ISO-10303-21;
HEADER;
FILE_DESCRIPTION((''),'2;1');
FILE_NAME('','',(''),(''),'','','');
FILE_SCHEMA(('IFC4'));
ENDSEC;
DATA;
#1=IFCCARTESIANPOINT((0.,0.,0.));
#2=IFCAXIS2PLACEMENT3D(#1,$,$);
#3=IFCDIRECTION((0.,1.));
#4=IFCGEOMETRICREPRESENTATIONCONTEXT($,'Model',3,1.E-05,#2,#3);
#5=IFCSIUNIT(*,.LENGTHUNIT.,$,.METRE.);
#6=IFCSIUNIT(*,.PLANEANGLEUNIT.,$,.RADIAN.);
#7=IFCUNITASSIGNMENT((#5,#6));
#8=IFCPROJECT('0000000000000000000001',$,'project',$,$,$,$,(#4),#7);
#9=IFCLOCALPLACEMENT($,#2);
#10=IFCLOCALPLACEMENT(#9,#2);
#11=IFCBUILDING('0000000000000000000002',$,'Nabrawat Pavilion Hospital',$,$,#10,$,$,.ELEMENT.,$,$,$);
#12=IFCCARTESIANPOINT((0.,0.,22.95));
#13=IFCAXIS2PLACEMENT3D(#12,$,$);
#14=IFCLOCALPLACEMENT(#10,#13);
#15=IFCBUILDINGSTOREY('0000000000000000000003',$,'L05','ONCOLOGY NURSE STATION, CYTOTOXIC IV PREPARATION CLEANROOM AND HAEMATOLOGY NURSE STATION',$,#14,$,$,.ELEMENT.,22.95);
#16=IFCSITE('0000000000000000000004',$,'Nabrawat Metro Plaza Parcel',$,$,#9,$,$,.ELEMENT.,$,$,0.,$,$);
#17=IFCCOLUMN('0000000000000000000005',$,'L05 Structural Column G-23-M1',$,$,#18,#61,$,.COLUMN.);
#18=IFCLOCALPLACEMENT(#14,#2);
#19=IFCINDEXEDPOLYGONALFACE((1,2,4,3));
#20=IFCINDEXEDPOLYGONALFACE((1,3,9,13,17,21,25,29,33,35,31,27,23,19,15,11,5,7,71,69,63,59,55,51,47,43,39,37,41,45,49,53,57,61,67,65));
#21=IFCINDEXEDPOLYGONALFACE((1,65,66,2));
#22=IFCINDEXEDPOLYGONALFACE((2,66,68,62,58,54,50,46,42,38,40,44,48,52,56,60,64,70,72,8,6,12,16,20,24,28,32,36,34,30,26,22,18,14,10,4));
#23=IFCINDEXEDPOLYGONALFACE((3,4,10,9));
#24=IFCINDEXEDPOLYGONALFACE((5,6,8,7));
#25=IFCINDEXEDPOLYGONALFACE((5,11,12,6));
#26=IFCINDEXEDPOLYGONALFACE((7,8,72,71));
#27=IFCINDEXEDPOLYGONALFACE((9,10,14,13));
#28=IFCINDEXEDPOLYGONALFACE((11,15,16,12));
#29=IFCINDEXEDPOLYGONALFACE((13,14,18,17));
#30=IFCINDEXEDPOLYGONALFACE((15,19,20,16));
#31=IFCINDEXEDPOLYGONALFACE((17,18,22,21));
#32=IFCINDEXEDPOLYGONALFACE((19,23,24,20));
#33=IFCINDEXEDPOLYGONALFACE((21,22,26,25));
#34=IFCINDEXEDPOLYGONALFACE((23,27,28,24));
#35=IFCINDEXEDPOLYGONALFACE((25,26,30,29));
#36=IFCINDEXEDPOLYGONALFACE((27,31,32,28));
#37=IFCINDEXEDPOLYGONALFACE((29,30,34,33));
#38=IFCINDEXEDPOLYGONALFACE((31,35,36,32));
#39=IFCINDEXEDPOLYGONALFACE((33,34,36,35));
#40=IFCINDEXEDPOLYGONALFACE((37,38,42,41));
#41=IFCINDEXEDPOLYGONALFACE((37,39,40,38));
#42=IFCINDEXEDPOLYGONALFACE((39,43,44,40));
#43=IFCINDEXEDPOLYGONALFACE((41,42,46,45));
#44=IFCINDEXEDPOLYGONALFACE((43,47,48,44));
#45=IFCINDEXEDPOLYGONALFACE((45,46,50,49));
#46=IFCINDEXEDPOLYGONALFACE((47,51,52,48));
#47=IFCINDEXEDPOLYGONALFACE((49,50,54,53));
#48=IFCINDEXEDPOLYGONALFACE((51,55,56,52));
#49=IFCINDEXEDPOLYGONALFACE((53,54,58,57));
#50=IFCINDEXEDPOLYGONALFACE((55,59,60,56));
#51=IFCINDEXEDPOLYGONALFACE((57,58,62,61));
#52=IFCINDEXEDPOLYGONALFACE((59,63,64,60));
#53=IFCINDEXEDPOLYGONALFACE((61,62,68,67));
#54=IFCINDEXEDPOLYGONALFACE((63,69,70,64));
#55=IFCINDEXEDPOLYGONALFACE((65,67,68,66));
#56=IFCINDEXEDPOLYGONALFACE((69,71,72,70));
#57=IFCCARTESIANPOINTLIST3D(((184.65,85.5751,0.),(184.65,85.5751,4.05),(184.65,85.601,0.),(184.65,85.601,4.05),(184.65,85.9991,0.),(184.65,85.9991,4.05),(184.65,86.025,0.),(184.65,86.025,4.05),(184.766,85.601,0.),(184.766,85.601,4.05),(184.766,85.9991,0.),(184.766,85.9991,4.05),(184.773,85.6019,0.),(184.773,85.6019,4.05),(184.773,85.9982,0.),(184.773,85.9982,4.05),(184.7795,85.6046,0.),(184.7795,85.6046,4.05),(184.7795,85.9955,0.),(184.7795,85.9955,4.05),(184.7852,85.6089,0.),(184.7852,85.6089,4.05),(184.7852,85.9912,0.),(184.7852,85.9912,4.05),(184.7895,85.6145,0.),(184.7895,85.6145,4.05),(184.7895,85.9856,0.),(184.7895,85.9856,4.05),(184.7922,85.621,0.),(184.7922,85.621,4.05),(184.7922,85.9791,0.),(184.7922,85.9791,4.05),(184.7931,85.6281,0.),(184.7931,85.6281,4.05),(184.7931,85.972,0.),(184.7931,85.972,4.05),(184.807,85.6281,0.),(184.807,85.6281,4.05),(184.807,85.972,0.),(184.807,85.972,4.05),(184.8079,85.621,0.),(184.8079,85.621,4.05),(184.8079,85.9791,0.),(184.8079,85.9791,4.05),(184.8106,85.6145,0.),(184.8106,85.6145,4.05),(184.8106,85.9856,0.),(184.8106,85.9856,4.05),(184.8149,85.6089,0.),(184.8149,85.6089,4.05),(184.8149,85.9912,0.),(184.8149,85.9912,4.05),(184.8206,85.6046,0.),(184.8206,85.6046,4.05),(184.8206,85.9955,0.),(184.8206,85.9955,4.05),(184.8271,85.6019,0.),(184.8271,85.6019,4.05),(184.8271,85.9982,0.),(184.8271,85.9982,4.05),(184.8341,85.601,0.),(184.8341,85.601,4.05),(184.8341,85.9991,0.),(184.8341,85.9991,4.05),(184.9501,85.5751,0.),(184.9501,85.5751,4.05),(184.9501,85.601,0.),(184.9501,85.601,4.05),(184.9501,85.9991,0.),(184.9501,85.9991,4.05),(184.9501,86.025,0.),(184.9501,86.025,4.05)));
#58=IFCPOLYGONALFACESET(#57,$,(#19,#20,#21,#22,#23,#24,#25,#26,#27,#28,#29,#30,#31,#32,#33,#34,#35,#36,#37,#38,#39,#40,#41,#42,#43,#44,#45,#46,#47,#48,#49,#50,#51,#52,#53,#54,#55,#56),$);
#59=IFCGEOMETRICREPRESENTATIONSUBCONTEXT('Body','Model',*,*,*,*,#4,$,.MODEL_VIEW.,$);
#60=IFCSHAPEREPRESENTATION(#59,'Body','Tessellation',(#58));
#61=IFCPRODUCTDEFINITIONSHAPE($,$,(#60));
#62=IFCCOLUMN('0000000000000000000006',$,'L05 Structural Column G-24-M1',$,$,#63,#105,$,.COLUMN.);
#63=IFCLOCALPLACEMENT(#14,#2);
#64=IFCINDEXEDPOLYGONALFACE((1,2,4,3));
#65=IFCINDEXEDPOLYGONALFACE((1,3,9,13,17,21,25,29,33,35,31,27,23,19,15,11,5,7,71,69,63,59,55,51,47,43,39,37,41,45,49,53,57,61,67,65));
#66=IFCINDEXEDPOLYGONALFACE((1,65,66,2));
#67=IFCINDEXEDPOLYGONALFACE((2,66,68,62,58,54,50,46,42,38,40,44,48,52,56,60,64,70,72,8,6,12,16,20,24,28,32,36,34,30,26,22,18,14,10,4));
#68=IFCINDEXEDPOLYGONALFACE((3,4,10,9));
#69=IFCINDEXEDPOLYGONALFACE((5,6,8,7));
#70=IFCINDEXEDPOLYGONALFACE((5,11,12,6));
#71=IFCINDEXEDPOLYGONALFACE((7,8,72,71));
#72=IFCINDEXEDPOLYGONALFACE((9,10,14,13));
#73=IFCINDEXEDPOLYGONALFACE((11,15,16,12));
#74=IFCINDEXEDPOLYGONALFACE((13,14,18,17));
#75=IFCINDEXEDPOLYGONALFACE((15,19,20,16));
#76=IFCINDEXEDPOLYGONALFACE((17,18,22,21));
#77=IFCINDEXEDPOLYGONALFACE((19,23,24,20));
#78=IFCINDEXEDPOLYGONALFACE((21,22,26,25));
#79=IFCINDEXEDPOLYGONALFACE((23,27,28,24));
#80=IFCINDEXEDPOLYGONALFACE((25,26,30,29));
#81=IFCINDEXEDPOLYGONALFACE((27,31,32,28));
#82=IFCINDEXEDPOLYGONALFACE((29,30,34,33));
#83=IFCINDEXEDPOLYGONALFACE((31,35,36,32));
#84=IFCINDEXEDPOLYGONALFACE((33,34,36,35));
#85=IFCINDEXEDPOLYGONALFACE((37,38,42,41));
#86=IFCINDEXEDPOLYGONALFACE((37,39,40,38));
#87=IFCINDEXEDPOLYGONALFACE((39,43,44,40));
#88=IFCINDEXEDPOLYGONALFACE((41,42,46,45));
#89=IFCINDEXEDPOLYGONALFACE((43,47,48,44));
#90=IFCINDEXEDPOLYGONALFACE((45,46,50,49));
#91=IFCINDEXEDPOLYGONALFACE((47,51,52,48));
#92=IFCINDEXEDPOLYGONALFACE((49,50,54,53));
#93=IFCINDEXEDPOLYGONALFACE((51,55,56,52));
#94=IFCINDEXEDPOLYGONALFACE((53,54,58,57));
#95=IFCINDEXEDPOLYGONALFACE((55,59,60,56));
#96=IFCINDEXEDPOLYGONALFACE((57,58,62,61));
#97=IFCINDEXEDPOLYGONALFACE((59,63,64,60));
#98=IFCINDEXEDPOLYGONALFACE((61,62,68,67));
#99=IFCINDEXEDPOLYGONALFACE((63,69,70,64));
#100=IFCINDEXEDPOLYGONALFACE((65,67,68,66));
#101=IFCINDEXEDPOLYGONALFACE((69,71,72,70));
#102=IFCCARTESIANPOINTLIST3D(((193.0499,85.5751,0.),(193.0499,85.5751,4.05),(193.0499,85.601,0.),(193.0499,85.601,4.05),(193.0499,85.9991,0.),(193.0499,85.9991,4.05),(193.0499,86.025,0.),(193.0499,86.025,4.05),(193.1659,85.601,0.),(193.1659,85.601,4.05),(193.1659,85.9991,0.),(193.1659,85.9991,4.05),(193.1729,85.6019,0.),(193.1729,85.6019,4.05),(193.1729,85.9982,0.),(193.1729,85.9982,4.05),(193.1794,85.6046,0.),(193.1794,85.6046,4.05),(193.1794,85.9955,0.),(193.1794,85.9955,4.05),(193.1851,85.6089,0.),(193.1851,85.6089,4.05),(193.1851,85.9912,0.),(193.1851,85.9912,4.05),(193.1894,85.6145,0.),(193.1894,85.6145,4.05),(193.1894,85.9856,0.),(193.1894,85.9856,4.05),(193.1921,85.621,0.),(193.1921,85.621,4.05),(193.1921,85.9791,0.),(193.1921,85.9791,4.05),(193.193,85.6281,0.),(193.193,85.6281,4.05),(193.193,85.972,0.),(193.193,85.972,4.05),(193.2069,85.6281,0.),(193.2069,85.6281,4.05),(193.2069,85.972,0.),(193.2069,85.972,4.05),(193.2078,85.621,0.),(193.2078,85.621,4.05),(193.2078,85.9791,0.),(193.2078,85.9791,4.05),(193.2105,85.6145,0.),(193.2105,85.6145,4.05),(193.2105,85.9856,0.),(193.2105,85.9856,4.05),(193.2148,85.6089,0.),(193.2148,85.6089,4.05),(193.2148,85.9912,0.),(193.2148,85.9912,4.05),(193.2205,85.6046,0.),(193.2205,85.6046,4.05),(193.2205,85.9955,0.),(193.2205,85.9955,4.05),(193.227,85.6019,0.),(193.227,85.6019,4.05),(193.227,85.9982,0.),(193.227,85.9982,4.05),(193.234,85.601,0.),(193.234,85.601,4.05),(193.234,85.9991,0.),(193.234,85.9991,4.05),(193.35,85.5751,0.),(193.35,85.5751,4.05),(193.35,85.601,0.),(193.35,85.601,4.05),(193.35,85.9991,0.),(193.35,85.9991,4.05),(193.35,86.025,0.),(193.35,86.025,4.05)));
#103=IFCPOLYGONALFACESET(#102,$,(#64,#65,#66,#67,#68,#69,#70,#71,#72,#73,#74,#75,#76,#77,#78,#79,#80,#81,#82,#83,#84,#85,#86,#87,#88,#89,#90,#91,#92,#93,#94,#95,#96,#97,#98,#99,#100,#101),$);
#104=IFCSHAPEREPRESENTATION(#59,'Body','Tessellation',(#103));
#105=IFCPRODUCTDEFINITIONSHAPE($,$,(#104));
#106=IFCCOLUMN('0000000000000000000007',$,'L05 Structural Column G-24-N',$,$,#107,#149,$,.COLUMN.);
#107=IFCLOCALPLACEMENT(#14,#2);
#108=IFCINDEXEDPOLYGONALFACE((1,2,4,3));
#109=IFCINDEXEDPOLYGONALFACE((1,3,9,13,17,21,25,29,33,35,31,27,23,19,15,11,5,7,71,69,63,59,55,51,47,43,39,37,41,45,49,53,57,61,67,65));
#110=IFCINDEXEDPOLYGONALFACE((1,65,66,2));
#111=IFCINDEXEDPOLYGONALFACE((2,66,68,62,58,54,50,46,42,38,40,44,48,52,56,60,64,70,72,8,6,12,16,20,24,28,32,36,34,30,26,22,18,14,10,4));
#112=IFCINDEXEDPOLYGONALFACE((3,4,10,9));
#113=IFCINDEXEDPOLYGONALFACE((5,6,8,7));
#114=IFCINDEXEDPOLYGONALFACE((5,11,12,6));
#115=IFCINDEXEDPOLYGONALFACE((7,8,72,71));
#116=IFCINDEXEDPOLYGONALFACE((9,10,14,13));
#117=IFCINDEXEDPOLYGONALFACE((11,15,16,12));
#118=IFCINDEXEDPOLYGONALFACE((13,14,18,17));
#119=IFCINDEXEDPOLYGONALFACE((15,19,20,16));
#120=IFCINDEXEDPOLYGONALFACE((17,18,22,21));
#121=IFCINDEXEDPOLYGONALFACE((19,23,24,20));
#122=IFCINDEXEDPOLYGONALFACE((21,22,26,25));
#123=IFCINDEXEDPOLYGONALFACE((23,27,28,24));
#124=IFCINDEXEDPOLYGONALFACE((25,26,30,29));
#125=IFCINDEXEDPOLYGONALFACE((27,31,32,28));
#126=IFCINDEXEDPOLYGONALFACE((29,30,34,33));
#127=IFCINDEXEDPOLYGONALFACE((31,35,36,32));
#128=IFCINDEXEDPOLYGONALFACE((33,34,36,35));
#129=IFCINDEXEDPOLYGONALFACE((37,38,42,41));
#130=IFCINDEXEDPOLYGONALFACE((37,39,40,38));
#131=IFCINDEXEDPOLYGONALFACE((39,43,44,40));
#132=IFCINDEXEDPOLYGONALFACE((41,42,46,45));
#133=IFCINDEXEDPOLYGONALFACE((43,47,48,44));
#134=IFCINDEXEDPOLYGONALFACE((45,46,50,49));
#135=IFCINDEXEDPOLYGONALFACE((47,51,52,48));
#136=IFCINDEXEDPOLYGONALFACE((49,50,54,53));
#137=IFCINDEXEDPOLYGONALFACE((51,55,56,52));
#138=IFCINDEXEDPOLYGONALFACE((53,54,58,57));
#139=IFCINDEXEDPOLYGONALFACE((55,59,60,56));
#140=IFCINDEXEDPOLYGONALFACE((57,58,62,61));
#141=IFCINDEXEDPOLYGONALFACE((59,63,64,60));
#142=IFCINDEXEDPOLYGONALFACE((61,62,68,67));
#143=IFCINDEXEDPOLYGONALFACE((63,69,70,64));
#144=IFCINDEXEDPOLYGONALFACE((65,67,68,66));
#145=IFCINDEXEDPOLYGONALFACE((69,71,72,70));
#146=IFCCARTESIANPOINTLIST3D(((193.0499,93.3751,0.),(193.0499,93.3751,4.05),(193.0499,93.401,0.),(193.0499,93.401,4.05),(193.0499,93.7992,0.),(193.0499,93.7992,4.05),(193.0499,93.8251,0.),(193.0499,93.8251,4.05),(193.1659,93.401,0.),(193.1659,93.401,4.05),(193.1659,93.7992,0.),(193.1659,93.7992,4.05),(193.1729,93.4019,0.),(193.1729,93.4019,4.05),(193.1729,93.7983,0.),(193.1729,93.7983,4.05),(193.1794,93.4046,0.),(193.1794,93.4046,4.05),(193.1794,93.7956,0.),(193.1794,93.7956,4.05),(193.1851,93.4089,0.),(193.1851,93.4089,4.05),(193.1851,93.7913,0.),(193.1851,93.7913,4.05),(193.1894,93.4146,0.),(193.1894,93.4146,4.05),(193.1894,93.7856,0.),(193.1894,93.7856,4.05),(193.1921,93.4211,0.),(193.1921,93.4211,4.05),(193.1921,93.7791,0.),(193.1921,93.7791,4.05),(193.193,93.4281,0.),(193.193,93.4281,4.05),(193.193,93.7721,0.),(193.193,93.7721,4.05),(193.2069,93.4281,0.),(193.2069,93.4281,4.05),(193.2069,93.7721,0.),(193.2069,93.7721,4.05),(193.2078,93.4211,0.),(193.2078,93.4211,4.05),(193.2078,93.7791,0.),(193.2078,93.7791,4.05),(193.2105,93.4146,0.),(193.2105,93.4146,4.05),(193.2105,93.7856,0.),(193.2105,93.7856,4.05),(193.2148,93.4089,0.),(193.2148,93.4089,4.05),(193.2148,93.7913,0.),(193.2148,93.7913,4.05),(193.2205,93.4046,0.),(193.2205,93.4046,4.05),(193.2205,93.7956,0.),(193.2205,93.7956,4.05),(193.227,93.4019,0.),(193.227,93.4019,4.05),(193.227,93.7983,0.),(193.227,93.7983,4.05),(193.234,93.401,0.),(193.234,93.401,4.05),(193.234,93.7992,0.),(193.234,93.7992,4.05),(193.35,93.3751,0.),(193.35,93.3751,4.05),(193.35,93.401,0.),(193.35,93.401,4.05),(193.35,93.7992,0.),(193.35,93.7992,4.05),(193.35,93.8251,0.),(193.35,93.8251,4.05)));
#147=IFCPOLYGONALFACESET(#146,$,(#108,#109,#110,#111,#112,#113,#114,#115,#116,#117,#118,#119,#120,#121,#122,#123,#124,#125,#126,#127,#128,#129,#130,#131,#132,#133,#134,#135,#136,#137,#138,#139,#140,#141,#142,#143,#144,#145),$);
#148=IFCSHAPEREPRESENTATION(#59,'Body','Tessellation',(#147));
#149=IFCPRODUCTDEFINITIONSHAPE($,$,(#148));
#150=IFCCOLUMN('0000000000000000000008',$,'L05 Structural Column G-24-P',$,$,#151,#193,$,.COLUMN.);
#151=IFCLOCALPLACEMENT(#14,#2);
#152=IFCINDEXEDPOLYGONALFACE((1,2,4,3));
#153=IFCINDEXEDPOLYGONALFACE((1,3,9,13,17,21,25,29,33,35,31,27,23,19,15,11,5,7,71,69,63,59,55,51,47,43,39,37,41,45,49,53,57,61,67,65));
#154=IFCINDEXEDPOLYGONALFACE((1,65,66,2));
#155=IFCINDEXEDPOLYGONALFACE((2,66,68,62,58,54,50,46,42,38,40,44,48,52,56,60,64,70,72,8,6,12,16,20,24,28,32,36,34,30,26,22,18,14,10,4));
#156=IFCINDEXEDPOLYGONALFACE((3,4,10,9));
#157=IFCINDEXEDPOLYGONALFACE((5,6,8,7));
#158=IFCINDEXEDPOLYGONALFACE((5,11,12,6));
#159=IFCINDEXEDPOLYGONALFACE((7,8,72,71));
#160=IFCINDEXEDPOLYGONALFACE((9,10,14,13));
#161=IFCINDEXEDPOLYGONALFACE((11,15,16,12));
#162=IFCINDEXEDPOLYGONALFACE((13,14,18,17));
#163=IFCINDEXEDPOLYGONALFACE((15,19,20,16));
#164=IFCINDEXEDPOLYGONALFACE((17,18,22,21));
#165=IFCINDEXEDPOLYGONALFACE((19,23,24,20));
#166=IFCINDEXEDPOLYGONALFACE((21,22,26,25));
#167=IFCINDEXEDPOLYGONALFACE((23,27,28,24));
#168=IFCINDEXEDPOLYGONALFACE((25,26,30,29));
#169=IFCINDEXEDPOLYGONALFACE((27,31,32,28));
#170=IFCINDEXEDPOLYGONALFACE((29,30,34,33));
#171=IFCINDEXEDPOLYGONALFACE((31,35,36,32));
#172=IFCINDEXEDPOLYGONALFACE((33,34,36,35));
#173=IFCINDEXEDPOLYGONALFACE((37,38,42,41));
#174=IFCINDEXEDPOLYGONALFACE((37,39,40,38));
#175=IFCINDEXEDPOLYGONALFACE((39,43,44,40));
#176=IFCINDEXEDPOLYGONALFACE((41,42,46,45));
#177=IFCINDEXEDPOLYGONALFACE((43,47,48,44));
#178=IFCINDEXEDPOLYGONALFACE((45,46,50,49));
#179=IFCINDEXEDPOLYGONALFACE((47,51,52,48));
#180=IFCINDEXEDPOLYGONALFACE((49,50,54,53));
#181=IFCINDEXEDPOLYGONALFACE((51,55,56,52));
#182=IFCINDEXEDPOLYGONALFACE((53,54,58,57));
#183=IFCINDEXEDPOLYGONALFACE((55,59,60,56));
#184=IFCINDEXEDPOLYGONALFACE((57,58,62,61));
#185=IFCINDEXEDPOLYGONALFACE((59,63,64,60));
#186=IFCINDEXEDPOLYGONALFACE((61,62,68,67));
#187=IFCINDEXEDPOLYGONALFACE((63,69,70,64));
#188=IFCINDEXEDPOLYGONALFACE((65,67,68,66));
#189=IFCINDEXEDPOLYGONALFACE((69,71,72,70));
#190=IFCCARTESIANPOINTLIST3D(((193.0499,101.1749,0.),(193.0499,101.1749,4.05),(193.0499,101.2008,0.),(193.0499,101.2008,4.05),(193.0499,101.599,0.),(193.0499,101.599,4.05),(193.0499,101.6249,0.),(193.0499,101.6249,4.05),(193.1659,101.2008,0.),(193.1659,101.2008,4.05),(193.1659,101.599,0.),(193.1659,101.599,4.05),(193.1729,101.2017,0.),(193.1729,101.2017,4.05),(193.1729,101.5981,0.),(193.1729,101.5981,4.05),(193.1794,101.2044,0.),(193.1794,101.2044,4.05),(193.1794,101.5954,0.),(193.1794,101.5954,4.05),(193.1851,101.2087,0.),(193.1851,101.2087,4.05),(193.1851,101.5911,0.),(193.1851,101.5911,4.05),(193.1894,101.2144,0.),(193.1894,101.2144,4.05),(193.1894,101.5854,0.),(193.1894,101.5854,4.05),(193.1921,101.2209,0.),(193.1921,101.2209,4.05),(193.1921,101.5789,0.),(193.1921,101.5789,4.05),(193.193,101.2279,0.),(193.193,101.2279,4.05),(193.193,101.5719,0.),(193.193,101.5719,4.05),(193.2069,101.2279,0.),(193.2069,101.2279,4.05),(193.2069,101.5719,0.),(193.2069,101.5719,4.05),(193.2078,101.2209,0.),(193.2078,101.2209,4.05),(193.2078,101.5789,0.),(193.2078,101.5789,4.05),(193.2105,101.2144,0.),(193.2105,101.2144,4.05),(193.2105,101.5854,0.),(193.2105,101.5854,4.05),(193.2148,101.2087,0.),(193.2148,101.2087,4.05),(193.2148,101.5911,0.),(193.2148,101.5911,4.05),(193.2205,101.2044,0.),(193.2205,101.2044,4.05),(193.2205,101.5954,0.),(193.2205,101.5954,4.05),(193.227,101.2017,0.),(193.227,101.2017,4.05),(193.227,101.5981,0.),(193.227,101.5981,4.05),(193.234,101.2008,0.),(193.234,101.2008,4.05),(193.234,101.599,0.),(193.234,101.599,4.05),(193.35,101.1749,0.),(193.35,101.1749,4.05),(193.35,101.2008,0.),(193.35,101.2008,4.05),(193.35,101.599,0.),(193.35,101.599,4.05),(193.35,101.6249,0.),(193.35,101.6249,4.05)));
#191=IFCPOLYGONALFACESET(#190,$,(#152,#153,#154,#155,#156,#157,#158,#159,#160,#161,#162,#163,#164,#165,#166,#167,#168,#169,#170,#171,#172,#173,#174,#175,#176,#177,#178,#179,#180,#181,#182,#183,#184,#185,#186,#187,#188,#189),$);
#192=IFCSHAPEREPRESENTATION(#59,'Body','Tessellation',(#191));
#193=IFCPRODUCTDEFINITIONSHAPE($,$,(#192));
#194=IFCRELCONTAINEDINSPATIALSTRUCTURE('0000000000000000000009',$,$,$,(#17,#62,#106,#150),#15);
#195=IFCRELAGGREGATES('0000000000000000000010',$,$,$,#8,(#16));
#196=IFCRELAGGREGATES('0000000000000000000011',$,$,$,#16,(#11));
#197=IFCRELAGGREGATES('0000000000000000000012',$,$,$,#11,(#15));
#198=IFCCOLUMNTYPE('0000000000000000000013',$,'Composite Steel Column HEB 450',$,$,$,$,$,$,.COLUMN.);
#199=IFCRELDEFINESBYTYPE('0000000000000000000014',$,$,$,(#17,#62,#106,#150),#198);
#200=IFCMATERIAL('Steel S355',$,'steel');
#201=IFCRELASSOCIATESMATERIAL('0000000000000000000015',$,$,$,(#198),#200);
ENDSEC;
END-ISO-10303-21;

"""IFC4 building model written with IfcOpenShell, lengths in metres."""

from ifc_helpers import new_model, si_unit, direction, frame, origin, origin_2d, place, context, subcontext, project, spatial, i_section, extrude, material, material_profile, profile_set, type_object, element, save


model = new_model("IFC4")

# Units and contexts
model_context = context("Model", 3, precision=1e-05, world=origin(), true_north=direction((0.0, 1.0)))
body_context = subcontext(model_context, "Body", "Model", "MODEL_VIEW")
ifc_project = project(units=[si_unit("LENGTHUNIT", "METRE"), si_unit("PLANEANGLEUNIT", "RADIAN")], contexts=[model_context])

# Site, building, storey
site_placement = place(None, origin())
site = spatial("IfcSite", under=ifc_project, at=site_placement, Name="Nabrawat Metro Plaza Parcel", CompositionType="ELEMENT", RefElevation=0.0)
building_placement = place(site_placement, origin())
building = spatial("IfcBuilding", under=site, at=building_placement, Name="Nabrawat Pavilion Hospital", CompositionType="ELEMENT")
storey_placement = place(building_placement, frame((0.0, 0.0, 22.95)))
storey = spatial("IfcBuildingStorey", under=building, at=storey_placement, Name="L05", Description="ONCOLOGY NURSE STATION, CYTOTOXIC IV PREPARATION CLEANROOM AND HAEMATOLOGY NURSE STATION", CompositionType="ELEMENT", Elevation=22.95)

# Columns
ifc_material_1 = material(Name="Steel S355", Category="steel")
ifc_material_profile_1 = material_profile(ifc_material_1, i_section(OverallWidth=0.3, OverallDepth=0.45, WebThickness=0.0139, FlangeThickness=0.0259, FilletRadius=0.0271, at=origin_2d()), Name="HEB 450")
ifc_profile_set_1 = profile_set([ifc_material_profile_1], Name="Steel S355")
column_type = type_object("IfcColumnType", Name="Composite Steel Column HEB 450", PredefinedType="COLUMN", material=ifc_profile_set_1)
for number, where, z_axis, x_axis, name in (
    (1, (184.8, 85.8, 0.0), (0.0, 0.0, 1.0), (1.0, 0.0, 0.0), "L05 Structural Column G-23-M1"),
    (2, (193.2, 85.8, 0.0), (0.0, 0.0, 1.0), (1.0, 0.0, 0.0), "L05 Structural Column G-24-M1"),
    (3, (193.2, 93.6001, 0.0), (0.0, 0.0, 1.0), (1.0, 0.0, 0.0), "L05 Structural Column G-24-N"),
    (4, (193.2, 101.3999, 0.0), (0.0, 0.0, 1.0), (1.0, 0.0, 0.0), "L05 Structural Column G-24-P"),
):
    element("IfcColumn", number, at=place(storey_placement, frame(where, z_axis=z_axis, x_axis=x_axis)), inside=storey, type_object=column_type, Name=name, PredefinedType="COLUMN", context=body_context, shape_type="SweptSolid", body=[
        extrude(i_section(OverallWidth=0.3, OverallDepth=0.45, WebThickness=0.0139, FlangeThickness=0.0259, FilletRadius=0.0271, at=origin_2d()), origin(), (0.0, 0.0, 1.0), 4.05),
    ])

save(model, "model.ifc")
